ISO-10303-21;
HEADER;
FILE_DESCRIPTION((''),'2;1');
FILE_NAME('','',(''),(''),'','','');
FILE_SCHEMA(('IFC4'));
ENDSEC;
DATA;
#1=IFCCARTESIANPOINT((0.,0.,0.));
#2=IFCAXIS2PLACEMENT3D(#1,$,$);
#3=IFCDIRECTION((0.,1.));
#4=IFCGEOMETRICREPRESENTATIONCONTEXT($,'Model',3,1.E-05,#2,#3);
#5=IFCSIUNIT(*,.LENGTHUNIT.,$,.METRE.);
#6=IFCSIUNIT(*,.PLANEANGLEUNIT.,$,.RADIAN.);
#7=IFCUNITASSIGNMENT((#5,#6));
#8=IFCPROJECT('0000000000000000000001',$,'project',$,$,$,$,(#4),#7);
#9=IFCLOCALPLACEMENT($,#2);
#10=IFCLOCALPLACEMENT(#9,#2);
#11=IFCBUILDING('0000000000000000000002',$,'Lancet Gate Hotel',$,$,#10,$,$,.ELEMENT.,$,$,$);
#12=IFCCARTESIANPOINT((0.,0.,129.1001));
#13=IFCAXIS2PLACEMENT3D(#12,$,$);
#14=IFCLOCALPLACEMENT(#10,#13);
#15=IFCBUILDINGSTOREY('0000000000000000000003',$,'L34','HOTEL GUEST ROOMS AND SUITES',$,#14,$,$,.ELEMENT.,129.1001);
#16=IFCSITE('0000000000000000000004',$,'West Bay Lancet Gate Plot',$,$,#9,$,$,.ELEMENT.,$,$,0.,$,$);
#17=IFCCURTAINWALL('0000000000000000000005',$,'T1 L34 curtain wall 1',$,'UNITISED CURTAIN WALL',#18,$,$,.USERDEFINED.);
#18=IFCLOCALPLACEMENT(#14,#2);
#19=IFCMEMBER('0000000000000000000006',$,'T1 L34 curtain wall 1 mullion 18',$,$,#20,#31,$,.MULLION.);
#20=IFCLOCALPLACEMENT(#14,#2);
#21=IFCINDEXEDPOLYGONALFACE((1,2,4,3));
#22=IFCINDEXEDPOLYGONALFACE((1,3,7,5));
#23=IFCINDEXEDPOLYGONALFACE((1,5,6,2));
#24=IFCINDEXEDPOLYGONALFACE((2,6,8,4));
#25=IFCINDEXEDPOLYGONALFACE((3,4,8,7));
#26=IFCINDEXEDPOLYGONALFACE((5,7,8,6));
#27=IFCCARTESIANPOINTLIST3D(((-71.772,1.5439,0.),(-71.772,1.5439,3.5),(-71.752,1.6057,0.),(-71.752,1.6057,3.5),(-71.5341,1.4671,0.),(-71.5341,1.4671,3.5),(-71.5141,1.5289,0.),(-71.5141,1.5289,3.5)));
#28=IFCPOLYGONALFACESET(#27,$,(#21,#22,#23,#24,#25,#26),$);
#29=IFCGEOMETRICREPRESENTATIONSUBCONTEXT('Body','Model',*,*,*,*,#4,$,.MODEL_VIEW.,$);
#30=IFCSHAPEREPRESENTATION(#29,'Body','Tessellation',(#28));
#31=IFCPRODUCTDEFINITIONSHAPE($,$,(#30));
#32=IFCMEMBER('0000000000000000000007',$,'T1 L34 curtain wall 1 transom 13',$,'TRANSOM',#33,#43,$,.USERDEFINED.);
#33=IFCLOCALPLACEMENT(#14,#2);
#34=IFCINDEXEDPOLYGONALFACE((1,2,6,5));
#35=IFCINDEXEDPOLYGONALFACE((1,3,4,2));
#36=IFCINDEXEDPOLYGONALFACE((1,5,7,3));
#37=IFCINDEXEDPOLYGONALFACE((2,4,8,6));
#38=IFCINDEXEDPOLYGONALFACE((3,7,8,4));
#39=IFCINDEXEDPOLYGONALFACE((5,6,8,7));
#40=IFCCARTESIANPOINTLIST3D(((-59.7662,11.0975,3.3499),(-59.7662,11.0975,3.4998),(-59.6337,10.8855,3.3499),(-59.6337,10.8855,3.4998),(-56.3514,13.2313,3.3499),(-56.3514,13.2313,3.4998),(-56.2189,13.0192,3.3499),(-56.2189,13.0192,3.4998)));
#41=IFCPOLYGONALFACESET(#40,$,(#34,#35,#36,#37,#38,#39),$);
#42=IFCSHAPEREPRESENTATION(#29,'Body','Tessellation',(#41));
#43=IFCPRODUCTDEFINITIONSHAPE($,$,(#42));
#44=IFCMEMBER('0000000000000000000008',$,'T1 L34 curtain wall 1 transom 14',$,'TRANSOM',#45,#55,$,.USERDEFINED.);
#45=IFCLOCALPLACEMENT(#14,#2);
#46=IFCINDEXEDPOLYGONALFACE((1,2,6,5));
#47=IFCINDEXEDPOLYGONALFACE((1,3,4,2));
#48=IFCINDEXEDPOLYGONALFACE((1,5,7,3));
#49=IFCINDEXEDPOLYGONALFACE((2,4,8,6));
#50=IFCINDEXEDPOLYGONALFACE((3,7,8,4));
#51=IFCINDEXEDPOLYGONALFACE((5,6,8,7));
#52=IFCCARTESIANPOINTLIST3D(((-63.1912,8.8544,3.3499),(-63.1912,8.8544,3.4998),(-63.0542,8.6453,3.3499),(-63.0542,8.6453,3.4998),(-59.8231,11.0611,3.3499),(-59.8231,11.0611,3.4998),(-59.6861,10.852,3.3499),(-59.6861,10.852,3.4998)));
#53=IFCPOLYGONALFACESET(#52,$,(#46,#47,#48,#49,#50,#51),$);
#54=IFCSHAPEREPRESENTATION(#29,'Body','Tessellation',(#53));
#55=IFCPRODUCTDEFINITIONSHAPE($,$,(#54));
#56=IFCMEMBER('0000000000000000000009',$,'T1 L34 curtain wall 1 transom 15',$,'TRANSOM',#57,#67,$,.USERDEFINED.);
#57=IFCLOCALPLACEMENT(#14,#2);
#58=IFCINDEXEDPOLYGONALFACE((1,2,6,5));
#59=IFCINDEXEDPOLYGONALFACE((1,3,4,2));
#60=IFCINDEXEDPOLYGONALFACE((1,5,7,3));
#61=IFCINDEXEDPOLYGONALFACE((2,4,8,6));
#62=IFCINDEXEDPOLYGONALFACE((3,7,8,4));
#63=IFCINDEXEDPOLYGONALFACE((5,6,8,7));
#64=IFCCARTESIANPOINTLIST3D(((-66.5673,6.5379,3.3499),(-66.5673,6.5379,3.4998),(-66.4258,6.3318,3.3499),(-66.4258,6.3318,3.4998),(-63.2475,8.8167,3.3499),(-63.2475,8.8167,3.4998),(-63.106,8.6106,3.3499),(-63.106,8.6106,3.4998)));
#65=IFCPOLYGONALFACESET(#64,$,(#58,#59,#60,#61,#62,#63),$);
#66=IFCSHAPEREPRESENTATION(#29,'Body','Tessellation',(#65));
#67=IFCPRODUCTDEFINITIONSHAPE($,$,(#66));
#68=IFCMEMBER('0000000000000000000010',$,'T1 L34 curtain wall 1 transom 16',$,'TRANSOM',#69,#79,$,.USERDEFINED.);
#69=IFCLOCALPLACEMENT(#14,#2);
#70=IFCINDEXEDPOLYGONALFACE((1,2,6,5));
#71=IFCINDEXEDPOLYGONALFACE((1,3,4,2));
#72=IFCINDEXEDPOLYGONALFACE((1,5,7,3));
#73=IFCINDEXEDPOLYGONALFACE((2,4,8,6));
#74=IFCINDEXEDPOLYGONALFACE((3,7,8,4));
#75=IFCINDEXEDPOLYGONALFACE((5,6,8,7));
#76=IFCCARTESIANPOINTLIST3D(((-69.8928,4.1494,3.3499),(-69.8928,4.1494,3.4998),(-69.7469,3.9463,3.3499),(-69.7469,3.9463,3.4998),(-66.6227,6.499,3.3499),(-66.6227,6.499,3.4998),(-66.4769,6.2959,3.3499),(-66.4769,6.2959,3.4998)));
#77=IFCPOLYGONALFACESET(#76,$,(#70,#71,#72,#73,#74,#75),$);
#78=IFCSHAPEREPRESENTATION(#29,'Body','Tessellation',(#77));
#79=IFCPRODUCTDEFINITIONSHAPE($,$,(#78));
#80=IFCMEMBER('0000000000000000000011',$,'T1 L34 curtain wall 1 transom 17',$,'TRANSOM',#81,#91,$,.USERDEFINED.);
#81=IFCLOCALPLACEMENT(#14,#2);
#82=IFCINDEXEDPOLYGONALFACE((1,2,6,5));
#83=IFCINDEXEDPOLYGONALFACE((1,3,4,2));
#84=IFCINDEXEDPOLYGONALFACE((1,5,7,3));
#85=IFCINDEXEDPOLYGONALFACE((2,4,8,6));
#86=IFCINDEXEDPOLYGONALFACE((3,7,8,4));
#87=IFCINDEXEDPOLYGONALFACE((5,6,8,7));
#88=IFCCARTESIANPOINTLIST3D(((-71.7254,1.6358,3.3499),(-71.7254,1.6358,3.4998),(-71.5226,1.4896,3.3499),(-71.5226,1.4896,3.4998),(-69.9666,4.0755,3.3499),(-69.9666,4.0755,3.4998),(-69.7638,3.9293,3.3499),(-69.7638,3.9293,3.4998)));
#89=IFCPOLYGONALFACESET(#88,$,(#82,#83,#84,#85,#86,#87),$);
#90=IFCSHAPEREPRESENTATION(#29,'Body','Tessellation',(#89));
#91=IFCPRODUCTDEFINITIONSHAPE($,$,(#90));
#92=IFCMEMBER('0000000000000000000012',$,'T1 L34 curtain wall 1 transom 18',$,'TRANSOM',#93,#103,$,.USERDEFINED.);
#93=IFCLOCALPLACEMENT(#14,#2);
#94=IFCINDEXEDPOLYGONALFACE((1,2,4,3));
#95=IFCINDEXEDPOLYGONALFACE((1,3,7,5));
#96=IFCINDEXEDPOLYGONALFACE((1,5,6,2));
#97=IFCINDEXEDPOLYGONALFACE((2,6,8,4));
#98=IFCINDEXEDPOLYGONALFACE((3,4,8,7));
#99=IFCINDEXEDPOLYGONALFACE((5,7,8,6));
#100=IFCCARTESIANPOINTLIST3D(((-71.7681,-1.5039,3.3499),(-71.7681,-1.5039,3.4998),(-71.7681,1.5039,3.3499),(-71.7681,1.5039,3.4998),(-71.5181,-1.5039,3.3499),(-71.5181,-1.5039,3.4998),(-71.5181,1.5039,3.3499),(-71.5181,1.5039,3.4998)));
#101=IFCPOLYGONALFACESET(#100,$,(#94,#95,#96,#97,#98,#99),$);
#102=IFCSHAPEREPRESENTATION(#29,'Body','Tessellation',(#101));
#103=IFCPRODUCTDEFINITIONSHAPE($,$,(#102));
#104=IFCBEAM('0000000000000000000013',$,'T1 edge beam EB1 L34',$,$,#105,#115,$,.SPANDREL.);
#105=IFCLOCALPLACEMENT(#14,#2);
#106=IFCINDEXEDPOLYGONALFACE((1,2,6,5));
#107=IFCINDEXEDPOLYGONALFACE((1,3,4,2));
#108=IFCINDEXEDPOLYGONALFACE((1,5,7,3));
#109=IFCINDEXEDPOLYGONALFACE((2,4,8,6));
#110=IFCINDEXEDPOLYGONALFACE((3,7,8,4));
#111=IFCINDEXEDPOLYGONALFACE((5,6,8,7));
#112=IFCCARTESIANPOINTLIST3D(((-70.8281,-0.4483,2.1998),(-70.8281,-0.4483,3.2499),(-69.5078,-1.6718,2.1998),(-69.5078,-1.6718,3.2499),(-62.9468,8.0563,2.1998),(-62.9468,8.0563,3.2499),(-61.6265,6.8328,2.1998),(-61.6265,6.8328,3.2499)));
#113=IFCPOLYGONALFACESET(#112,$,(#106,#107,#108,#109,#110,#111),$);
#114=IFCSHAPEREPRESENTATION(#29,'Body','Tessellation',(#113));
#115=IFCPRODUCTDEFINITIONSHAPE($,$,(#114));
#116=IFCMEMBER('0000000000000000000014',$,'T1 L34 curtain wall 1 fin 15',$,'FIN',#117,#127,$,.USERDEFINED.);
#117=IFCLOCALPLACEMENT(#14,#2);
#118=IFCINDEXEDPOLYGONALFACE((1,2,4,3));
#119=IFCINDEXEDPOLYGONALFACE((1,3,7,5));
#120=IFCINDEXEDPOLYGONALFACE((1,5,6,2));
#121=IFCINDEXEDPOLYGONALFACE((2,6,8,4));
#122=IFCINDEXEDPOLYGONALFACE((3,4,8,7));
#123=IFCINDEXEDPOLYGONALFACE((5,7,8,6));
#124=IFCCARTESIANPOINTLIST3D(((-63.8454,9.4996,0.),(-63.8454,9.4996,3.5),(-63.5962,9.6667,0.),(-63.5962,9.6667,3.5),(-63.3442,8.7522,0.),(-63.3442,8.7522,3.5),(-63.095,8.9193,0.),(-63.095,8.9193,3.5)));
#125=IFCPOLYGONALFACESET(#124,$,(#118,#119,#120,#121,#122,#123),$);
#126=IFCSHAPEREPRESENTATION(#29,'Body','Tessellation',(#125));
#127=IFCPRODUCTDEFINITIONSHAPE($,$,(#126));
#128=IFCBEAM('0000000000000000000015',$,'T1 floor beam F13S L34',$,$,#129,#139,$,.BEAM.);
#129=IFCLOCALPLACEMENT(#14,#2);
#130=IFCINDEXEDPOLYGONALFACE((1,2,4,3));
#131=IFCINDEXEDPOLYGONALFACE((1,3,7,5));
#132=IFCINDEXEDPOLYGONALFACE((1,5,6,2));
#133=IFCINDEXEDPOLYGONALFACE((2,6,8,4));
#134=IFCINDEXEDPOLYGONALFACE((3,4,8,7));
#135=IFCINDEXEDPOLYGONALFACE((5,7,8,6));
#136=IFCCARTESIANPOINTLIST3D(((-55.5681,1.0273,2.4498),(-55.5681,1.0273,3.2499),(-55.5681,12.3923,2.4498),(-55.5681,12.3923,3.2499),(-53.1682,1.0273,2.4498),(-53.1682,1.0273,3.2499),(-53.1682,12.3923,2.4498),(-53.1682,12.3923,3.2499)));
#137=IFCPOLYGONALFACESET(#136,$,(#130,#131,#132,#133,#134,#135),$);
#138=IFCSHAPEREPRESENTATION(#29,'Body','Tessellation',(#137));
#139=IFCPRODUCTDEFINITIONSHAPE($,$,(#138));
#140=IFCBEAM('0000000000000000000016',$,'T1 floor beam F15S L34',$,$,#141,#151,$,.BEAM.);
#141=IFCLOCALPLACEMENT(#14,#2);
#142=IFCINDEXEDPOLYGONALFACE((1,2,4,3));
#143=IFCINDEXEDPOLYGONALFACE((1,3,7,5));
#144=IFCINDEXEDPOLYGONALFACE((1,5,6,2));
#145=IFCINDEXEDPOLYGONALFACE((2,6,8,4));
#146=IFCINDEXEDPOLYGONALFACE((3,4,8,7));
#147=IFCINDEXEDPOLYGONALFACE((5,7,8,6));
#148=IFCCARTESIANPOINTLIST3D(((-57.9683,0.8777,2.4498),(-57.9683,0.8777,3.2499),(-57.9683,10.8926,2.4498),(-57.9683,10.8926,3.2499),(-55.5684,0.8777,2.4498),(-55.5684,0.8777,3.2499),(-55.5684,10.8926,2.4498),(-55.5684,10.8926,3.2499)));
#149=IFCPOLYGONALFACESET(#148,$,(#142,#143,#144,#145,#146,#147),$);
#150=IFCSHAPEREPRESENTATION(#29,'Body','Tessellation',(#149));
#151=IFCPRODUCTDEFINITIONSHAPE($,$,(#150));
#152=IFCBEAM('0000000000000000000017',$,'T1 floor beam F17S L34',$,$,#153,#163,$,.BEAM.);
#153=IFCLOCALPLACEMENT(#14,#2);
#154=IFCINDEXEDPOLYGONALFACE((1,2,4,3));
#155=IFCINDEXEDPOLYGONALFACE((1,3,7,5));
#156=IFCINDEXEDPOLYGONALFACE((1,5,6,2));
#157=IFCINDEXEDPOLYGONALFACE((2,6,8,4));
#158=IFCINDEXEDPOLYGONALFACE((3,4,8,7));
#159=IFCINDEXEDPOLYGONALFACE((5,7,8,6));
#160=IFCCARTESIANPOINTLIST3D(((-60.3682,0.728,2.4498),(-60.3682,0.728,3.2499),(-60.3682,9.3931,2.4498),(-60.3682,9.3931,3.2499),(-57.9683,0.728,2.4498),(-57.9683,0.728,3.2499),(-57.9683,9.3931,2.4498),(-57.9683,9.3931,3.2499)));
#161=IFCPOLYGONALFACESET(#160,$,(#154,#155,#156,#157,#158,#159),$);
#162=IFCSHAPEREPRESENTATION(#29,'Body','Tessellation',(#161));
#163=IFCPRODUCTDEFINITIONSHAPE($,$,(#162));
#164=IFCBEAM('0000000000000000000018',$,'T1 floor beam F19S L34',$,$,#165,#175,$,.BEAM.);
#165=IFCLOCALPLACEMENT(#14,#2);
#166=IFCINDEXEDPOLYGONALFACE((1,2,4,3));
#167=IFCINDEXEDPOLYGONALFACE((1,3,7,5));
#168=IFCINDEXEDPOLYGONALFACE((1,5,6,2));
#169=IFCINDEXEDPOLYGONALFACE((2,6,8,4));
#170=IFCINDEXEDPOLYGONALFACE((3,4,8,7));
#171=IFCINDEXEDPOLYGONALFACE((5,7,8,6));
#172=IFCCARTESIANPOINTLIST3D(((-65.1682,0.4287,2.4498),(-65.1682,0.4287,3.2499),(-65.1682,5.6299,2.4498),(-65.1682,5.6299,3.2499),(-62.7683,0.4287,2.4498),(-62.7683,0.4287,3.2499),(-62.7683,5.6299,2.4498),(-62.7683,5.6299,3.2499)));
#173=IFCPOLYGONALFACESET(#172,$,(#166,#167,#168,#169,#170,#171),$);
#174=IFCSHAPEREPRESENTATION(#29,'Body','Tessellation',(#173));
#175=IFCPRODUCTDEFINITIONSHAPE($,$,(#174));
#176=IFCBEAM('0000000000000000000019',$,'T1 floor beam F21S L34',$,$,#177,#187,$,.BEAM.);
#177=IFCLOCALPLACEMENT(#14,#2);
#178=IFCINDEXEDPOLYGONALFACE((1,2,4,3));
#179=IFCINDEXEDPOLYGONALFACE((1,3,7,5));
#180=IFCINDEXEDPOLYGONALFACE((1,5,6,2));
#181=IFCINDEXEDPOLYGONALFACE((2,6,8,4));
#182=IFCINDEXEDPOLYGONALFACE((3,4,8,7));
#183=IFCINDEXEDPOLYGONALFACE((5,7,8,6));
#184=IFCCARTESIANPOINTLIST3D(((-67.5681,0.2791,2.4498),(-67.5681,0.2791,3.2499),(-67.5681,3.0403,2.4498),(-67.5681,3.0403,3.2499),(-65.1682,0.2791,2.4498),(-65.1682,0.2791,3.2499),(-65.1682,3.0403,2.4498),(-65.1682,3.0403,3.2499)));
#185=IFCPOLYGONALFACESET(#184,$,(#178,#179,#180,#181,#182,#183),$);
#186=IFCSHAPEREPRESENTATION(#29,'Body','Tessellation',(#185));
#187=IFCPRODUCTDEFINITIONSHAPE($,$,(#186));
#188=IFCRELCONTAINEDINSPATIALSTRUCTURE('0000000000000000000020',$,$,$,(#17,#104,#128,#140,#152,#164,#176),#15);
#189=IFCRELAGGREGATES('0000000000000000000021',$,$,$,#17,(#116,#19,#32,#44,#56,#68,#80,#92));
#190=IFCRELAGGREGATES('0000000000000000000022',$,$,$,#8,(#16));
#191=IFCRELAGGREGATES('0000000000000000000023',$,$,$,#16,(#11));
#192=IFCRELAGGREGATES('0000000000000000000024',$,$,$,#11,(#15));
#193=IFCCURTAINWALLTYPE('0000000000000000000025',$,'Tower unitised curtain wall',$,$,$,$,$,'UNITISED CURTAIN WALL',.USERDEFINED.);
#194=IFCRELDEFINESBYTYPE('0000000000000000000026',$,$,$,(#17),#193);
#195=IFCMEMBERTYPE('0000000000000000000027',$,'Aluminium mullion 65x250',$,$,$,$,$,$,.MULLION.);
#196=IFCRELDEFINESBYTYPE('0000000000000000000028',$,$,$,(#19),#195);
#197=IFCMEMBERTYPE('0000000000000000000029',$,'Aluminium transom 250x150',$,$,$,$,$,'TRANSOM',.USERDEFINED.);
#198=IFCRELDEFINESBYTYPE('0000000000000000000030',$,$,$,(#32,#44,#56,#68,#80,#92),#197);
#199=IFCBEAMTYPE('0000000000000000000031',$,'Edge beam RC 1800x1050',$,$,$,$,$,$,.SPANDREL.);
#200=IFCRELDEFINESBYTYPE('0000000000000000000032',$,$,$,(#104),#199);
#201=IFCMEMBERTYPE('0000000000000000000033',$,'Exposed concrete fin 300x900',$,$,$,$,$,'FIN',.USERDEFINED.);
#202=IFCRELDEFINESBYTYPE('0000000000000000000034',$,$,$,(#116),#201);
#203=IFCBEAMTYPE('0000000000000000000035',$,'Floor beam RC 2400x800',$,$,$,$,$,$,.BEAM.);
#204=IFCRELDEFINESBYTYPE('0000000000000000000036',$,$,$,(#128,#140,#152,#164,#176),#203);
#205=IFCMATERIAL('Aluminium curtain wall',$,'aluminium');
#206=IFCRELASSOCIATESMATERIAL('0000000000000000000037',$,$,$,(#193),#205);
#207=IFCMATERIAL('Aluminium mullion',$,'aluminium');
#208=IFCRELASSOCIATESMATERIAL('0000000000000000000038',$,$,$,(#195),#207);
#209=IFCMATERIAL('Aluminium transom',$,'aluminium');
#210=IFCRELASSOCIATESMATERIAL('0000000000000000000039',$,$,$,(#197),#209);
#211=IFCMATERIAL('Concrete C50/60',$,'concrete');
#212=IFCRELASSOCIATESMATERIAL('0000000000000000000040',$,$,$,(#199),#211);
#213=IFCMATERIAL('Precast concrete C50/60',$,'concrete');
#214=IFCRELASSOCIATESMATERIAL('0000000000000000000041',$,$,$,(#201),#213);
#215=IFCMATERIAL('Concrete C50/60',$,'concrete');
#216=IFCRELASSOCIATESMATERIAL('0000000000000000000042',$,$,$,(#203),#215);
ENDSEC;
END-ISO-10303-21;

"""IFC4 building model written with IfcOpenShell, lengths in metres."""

from ifc_helpers import new_model, si_unit, direction, frame, origin, origin_2d, place, context, subcontext, project, spatial, rectangle, extrude, material, material_profile, profile_set, type_object, element, aggregate, save


model = new_model("IFC4")

# Units and contexts
model_context = context("Model", 3, precision=1e-05, world=origin(), true_north=direction((0.0, 1.0)))
body_context = subcontext(model_context, "Body", "Model", "MODEL_VIEW")
ifc_project = project(units=[si_unit("LENGTHUNIT", "METRE"), si_unit("PLANEANGLEUNIT", "RADIAN")], contexts=[model_context])

# Site, building, storey
site_placement = place(None, origin())
site = spatial("IfcSite", under=ifc_project, at=site_placement, Name="West Bay Lancet Gate Plot", CompositionType="ELEMENT", RefElevation=0.0)
building_placement = place(site_placement, origin())
building = spatial("IfcBuilding", under=site, at=building_placement, Name="Lancet Gate Hotel", CompositionType="ELEMENT")
storey_placement = place(building_placement, frame((0.0, 0.0, 129.1001)))
storey = spatial("IfcBuildingStorey", under=building, at=storey_placement, Name="L34", Description="HOTEL GUEST ROOMS AND SUITES", CompositionType="ELEMENT", Elevation=129.1001)

# Curtain wall, members
ifc_material_1 = material(Name="Aluminium curtain wall", Category="aluminium")
curtain_wall_type = type_object("IfcCurtainWallType", Name="Tower unitised curtain wall", ElementType="UNITISED CURTAIN WALL", PredefinedType="USERDEFINED", material=ifc_material_1)
curtain_wall_placement = place(storey_placement, origin())
curtain_wall = element("IfcCurtainWall", 1, at=curtain_wall_placement, inside=storey, type_object=curtain_wall_type, Name="T1 L34 curtain wall 1", ObjectType="UNITISED CURTAIN WALL", PredefinedType="USERDEFINED")
ifc_material_2 = material(Name="Aluminium mullion", Category="aluminium")
ifc_material_profile_1 = material_profile(ifc_material_2, rectangle(XDim=0.0649, YDim=0.25, at=origin_2d()), Name="MULLION 65x250")
ifc_profile_set_1 = profile_set([ifc_material_profile_1], Name="Aluminium mullion")
member_type_1 = type_object("IfcMemberType", Name="Aluminium mullion 65x250", PredefinedType="MULLION", material=ifc_profile_set_1)
member_1_placement = place(storey_placement, frame((-71.6431, 1.5364, 0.0), z_axis=(0.0, 0.0, 1.0), x_axis=(-0.307269, -0.951623, 0.0)))
member_1 = element("IfcMember", 2, at=member_1_placement, type_object=member_type_1, Name="T1 L34 curtain wall 1 mullion 18", PredefinedType="MULLION", context=body_context, shape_type="SweptSolid", body=[
    extrude(rectangle(XDim=0.0649, YDim=0.25, at=origin_2d()), origin(), (0.0, 0.0, 1.0), 3.5),
])
ifc_material_3 = material(Name="Aluminium transom", Category="aluminium")
ifc_material_profile_2 = material_profile(ifc_material_3, rectangle(XDim=0.25, YDim=0.1499, at=origin_2d()), Name="TRANSOM 250x150")
ifc_profile_set_2 = profile_set([ifc_material_profile_2], Name="Aluminium transom")
member_type_2 = type_object("IfcMemberType", Name="Aluminium transom 250x150", ElementType="TRANSOM", PredefinedType="USERDEFINED", material=ifc_profile_set_2)
member_2_placement = place(storey_placement, frame((-56.2852, 13.1252, 3.4248), z_axis=(-0.848049, -0.529917, 0.0), x_axis=(0.529917, -0.848049, 0.0)))
member_2 = element("IfcMember", 3, at=member_2_placement, type_object=member_type_2, Name="T1 L34 curtain wall 1 transom 13", ObjectType="TRANSOM", PredefinedType="USERDEFINED", context=body_context, shape_type="SweptSolid", body=[
    extrude(rectangle(XDim=0.25, YDim=0.1499, at=origin_2d()), origin(), (0.0, 0.0, 1.0), 4.0266),
])
member_3_placement = place(storey_placement, frame((-59.7546, 10.9565, 3.4248), z_axis=(-0.836454, -0.548036, 0.0), x_axis=(0.548036, -0.836454, 0.0)))
member_3 = element("IfcMember", 4, at=member_3_placement, type_object=member_type_2, Name="T1 L34 curtain wall 1 transom 14", ObjectType="TRANSOM", PredefinedType="USERDEFINED", context=body_context, shape_type="SweptSolid", body=[
    extrude(rectangle(XDim=0.25, YDim=0.1499, at=origin_2d()), origin(), (0.0, 0.0, 1.0), 4.0266),
])
member_4_placement = place(storey_placement, frame((-63.1768, 8.7136, 3.4248), z_axis=(-0.824456, -0.565927, 0.0), x_axis=(0.565927, -0.824456, 0.0)))
member_4 = element("IfcMember", 5, at=member_4_placement, type_object=member_type_2, Name="T1 L34 curtain wall 1 transom 15", ObjectType="TRANSOM", PredefinedType="USERDEFINED", context=body_context, shape_type="SweptSolid", body=[
    extrude(rectangle(XDim=0.25, YDim=0.1499, at=origin_2d()), origin(), (0.0, 0.0, 1.0), 4.0266),
])
member_5_placement = place(storey_placement, frame((-66.5498, 6.3975, 3.4248), z_axis=(-0.8121, -0.583519, 0.0), x_axis=(0.583519, -0.8121, 0.0)))
member_5 = element("IfcMember", 6, at=member_5_placement, type_object=member_type_2, Name="T1 L34 curtain wall 1 transom 16", ObjectType="TRANSOM", PredefinedType="USERDEFINED", context=body_context, shape_type="SweptSolid", body=[
    extrude(rectangle(XDim=0.25, YDim=0.1499, at=origin_2d()), origin(), (0.0, 0.0, 1.0), 4.0266),
])
member_6_placement = place(storey_placement, frame((-69.8652, 4.0024, 3.4248), z_axis=(-0.584788, -0.811186, 0.0), x_axis=(0.811186, -0.584788, 0.0)))
member_6 = element("IfcMember", 7, at=member_6_placement, type_object=member_type_2, Name="T1 L34 curtain wall 1 transom 17", ObjectType="TRANSOM", PredefinedType="USERDEFINED", context=body_context, shape_type="SweptSolid", body=[
    extrude(rectangle(XDim=0.25, YDim=0.1499, at=origin_2d()), origin(), (0.0, 0.0, 1.0), 3.0076),
])
member_7_placement = place(storey_placement, frame((-71.6431, 1.5039, 3.4248), z_axis=(0.0, -1.0, 0.0), x_axis=(1.0, 0.0, 0.0)))
member_7 = element("IfcMember", 8, at=member_7_placement, type_object=member_type_2, Name="T1 L34 curtain wall 1 transom 18", ObjectType="TRANSOM", PredefinedType="USERDEFINED", context=body_context, shape_type="SweptSolid", body=[
    extrude(rectangle(XDim=0.25, YDim=0.1499, at=origin_2d()), origin(), (0.0, 0.0, 1.0), 3.0078),
])

# Beam
ifc_material_4 = material(Name="Concrete C50/60", Category="concrete")
ifc_material_profile_3 = material_profile(ifc_material_4, rectangle(XDim=1.8, YDim=1.05, at=origin_2d()), Name="RC 1800x1050")
ifc_profile_set_3 = profile_set([ifc_material_profile_3], Name="Concrete C50/60")
beam_type_1 = type_object("IfcBeamType", Name="Edge beam RC 1800x1050", PredefinedType="SPANDREL", material=ifc_profile_set_3)
beam_1_placement = place(storey_placement, frame((-62.2866, 7.4446, 2.7249), z_axis=(-0.679718, -0.733473, 0.0), x_axis=(0.733473, -0.679718, 0.0)))
element("IfcBeam", 9, at=beam_1_placement, inside=storey, type_object=beam_type_1, Name="T1 edge beam EB1 L34", PredefinedType="SPANDREL", context=body_context, shape_type="SweptSolid", body=[
    extrude(rectangle(XDim=1.8, YDim=1.05, at=origin_2d()), origin(), (0.0, 0.0, 1.0), 11.595),
])

# Member
ifc_material_5 = material(Name="Precast concrete C50/60", Category="concrete")
ifc_material_profile_4 = material_profile(ifc_material_5, rectangle(XDim=0.3, YDim=0.8999, at=origin_2d()), Name="FIN 300x900")
ifc_profile_set_4 = profile_set([ifc_material_profile_4], Name="Precast concrete C50/60")
member_type_3 = type_object("IfcMemberType", Name="Exposed concrete fin 300x900", ElementType="FIN", PredefinedType="USERDEFINED", material=ifc_profile_set_4)
member_8_placement = place(storey_placement, frame((-63.4702, 9.2095, 0.0), z_axis=(0.0, 0.0, 1.0), x_axis=(-0.83051, -0.557004, 0.0)))
member_8 = element("IfcMember", 10, at=member_8_placement, type_object=member_type_3, Name="T1 L34 curtain wall 1 fin 15", ObjectType="FIN", PredefinedType="USERDEFINED", context=body_context, shape_type="SweptSolid", body=[
    extrude(rectangle(XDim=0.3, YDim=0.8999, at=origin_2d()), origin(), (0.0, 0.0, 1.0), 3.5),
])

# Beams
ifc_material_6 = material(Name="Concrete C50/60", Category="concrete")
ifc_material_profile_5 = material_profile(ifc_material_6, rectangle(XDim=2.3999, YDim=0.8, at=origin_2d()), Name="RC 2400x800")
ifc_profile_set_5 = profile_set([ifc_material_profile_5], Name="Concrete C50/60")
beam_type_2 = type_object("IfcBeamType", Name="Floor beam RC 2400x800", PredefinedType="BEAM", material=ifc_profile_set_5)
beam_2_placement = place(storey_placement, frame((-54.3682, 12.3923, 2.8499), z_axis=(0.0, -1.0, 0.0), x_axis=(1.0, 0.0, 0.0)))
element("IfcBeam", 11, at=beam_2_placement, inside=storey, type_object=beam_type_2, Name="T1 floor beam F13S L34", PredefinedType="BEAM", context=body_context, shape_type="SweptSolid", body=[
    extrude(rectangle(XDim=2.3999, YDim=0.8, at=origin_2d()), origin(), (0.0, 0.0, 1.0), 11.365),
])
beam_3_placement = place(storey_placement, frame((-56.7683, 10.8926, 2.8499), z_axis=(0.0, -1.0, 0.0), x_axis=(1.0, 0.0, 0.0)))
element("IfcBeam", 12, at=beam_3_placement, inside=storey, type_object=beam_type_2, Name="T1 floor beam F15S L34", PredefinedType="BEAM", context=body_context, shape_type="SweptSolid", body=[
    extrude(rectangle(XDim=2.3999, YDim=0.8, at=origin_2d()), origin(), (0.0, 0.0, 1.0), 10.0149),
])
beam_4_placement = place(storey_placement, frame((-59.1682, 9.3931, 2.8499), z_axis=(0.0, -1.0, 0.0), x_axis=(1.0, 0.0, 0.0)))
element("IfcBeam", 13, at=beam_4_placement, inside=storey, type_object=beam_type_2, Name="T1 floor beam F17S L34", PredefinedType="BEAM", context=body_context, shape_type="SweptSolid", body=[
    extrude(rectangle(XDim=2.3999, YDim=0.8, at=origin_2d()), origin(), (0.0, 0.0, 1.0), 8.665),
])
beam_5_placement = place(storey_placement, frame((-63.9683, 5.6299, 2.8499), z_axis=(0.0, -1.0, 0.0), x_axis=(1.0, 0.0, 0.0)))
element("IfcBeam", 14, at=beam_5_placement, inside=storey, type_object=beam_type_2, Name="T1 floor beam F19S L34", PredefinedType="BEAM", context=body_context, shape_type="SweptSolid", body=[
    extrude(rectangle(XDim=2.3999, YDim=0.8, at=origin_2d()), origin(), (0.0, 0.0, 1.0), 5.2012),
])
beam_6_placement = place(storey_placement, frame((-66.3682, 3.0403, 2.8499), z_axis=(0.0, -1.0, 0.0), x_axis=(1.0, 0.0, 0.0)))
element("IfcBeam", 15, at=beam_6_placement, inside=storey, type_object=beam_type_2, Name="T1 floor beam F21S L34", PredefinedType="BEAM", context=body_context, shape_type="SweptSolid", body=[
    extrude(rectangle(XDim=2.3999, YDim=0.8, at=origin_2d()), origin(), (0.0, 0.0, 1.0), 2.7612),
])

aggregate(curtain_wall, [member_8, member_1, member_2, member_3, member_4, member_5, member_6, member_7])

save(model, "model.ifc")
